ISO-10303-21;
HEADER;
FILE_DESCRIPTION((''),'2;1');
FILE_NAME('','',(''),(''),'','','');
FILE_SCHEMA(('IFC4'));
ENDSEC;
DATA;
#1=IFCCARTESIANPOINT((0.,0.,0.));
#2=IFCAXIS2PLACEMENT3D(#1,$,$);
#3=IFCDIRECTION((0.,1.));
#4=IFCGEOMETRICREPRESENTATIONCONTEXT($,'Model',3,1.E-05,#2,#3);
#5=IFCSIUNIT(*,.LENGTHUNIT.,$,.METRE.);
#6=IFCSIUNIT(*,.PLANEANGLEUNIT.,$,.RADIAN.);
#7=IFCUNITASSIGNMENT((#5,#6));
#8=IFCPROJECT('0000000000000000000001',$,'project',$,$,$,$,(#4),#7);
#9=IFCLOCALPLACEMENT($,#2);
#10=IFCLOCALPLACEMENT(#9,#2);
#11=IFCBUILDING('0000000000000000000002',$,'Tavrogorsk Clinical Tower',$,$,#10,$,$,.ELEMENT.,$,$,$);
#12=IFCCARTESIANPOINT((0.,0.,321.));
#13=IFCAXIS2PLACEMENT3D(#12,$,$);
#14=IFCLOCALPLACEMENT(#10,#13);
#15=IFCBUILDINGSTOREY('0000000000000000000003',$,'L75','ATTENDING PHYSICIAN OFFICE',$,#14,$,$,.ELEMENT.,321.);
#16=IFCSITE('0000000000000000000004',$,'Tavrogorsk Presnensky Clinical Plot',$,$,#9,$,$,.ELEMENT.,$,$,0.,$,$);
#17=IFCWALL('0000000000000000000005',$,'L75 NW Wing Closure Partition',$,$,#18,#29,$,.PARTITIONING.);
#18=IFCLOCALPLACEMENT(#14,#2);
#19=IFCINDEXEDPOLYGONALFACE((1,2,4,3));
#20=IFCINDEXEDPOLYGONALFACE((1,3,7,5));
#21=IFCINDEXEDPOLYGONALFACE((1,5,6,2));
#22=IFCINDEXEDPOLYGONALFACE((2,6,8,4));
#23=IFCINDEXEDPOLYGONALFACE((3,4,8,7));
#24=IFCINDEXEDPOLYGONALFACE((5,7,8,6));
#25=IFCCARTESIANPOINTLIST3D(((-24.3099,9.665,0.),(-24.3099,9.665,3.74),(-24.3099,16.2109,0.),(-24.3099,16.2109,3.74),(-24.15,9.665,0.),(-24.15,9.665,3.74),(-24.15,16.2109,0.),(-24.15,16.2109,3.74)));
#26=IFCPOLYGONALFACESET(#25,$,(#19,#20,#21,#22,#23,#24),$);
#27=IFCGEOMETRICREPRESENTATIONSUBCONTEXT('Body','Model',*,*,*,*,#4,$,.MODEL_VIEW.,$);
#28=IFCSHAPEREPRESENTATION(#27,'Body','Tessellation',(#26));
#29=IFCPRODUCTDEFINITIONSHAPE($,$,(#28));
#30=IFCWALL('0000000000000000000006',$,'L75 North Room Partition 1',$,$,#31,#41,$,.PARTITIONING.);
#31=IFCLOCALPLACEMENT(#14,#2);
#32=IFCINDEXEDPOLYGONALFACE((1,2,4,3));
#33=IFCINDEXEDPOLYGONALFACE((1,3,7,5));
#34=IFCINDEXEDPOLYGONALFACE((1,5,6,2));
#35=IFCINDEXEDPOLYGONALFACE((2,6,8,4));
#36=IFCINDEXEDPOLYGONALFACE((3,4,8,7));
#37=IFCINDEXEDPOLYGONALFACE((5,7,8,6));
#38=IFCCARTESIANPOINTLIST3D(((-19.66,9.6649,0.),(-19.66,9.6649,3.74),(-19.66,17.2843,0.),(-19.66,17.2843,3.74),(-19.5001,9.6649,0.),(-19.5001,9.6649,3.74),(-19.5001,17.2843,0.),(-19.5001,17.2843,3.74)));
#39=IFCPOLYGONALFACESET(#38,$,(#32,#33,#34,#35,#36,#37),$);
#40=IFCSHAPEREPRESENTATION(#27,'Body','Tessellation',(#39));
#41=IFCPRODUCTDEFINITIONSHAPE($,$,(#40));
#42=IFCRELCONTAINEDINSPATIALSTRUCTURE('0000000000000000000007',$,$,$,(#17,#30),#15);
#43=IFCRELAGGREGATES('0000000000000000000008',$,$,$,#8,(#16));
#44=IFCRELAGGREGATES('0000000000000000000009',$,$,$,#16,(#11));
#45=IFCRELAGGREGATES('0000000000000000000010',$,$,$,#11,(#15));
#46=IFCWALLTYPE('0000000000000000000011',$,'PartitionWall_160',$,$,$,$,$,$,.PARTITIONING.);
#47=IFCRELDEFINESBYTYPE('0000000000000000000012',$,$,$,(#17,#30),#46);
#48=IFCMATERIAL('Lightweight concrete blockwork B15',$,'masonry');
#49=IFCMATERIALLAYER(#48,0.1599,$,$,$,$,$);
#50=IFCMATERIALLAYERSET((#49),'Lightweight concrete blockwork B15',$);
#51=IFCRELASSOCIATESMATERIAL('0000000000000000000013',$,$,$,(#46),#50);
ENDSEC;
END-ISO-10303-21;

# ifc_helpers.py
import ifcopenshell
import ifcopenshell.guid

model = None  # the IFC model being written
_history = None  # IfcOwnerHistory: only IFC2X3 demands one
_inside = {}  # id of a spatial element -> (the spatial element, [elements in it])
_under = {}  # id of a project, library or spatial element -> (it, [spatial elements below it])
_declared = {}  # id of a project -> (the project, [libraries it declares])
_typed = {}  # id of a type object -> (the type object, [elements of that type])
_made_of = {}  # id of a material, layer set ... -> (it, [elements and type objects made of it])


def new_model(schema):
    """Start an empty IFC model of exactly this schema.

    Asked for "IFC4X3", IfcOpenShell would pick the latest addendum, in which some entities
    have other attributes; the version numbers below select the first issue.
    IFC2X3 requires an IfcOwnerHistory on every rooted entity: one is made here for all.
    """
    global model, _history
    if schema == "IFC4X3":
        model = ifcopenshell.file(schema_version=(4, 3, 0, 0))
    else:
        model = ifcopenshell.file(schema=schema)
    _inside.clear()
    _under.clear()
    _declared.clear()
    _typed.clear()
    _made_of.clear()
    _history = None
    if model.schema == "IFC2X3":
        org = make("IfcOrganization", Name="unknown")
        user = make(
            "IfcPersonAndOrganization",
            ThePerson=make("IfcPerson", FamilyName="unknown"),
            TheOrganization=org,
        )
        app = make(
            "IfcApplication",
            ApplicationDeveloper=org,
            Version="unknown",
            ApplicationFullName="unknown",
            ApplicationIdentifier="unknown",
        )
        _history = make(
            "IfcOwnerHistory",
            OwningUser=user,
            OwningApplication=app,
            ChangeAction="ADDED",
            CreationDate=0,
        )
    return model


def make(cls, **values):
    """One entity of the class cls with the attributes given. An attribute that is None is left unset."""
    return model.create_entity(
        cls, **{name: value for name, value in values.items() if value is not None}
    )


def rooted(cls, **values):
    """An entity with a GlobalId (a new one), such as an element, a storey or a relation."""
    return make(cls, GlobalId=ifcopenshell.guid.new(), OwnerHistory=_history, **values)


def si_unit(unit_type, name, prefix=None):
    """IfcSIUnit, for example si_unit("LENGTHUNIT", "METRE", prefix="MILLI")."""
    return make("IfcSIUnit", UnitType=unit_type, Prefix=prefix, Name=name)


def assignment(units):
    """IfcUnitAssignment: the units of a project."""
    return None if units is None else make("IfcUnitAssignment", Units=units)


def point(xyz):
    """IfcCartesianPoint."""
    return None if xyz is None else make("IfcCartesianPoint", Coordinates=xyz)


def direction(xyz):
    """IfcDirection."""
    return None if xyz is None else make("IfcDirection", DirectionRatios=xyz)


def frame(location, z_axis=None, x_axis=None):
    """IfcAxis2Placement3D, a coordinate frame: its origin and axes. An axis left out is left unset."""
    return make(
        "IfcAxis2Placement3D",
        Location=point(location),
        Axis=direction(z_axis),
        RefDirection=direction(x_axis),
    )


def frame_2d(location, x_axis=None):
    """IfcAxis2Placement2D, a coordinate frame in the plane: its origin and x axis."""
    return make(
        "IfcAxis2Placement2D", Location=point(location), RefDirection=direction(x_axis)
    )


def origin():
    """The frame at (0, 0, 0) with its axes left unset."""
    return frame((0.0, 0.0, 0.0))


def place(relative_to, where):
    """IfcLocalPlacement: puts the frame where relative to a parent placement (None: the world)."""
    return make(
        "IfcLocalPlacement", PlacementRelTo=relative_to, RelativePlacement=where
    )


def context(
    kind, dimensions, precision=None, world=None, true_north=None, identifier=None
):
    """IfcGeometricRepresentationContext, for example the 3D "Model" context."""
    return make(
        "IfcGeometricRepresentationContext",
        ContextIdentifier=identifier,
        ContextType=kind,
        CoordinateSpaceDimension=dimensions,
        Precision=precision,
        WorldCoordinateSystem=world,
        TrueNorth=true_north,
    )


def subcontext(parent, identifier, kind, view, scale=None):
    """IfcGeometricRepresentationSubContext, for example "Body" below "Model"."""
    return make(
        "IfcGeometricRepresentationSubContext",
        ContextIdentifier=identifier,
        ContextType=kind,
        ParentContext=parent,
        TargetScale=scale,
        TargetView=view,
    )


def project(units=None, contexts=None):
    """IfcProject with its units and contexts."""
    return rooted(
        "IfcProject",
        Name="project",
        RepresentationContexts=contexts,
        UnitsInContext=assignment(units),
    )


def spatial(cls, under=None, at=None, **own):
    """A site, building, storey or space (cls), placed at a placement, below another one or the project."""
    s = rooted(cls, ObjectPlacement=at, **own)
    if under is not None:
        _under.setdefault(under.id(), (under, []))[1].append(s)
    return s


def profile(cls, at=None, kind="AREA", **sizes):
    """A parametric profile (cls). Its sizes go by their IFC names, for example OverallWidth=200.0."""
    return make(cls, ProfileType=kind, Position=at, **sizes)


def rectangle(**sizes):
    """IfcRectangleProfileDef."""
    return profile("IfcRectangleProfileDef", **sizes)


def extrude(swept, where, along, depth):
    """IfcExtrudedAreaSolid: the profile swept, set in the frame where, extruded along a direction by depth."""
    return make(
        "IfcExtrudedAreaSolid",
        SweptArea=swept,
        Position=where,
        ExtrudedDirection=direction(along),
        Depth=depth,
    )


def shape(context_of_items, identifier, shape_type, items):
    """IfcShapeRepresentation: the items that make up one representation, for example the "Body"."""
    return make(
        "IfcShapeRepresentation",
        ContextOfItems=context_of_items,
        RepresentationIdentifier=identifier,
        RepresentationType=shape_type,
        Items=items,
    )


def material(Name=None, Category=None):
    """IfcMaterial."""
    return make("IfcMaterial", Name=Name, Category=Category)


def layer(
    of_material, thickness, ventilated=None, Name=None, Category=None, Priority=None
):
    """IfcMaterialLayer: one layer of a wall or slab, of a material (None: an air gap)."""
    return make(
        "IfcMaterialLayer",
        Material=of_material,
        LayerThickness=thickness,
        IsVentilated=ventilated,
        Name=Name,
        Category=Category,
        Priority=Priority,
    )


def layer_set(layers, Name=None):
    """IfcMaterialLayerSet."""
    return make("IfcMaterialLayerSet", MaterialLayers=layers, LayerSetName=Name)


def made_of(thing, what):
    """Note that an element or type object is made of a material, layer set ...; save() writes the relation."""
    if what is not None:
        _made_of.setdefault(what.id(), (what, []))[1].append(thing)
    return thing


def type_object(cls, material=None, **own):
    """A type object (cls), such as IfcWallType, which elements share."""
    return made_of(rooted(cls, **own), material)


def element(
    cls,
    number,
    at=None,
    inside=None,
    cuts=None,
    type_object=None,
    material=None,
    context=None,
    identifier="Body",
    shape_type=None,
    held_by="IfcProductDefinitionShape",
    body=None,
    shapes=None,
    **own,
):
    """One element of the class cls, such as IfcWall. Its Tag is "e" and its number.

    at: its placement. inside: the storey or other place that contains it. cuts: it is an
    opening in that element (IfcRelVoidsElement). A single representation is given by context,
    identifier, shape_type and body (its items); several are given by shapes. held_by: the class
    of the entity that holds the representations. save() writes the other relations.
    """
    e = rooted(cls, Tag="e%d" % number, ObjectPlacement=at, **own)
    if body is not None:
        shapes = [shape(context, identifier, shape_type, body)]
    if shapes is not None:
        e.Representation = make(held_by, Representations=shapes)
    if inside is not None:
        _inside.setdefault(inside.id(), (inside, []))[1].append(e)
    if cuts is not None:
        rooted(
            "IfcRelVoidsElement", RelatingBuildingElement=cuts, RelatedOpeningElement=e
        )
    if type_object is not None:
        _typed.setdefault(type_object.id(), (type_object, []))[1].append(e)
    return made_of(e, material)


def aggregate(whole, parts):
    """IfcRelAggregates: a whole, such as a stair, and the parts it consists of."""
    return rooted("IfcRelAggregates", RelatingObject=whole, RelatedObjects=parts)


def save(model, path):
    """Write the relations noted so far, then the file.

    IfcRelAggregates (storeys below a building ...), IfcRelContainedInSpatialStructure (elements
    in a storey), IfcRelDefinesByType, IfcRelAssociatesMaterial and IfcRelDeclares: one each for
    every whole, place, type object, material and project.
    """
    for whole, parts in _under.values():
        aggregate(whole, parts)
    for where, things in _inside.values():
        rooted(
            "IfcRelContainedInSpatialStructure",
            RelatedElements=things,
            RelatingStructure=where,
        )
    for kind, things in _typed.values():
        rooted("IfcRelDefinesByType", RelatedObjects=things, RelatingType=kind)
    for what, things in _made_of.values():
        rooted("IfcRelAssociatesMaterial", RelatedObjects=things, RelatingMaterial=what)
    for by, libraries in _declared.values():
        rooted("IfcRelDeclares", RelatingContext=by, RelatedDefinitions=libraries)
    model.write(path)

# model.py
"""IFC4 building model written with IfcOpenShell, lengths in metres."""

from ifc_helpers import new_model, si_unit, direction, frame, frame_2d, origin, place, context, subcontext, project, spatial, rectangle, extrude, material, layer, layer_set, type_object, element, save


model = new_model("IFC4")

# Units and contexts
model_context = context("Model", 3, precision=1e-05, world=origin(), true_north=direction((0.0, 1.0)))
body_context = subcontext(model_context, "Body", "Model", "MODEL_VIEW")
ifc_project = project(units=[si_unit("LENGTHUNIT", "METRE"), si_unit("PLANEANGLEUNIT", "RADIAN")], contexts=[model_context])

# Site, building, storey
site_placement = place(None, origin())
site = spatial("IfcSite", under=ifc_project, at=site_placement, Name="Tavrogorsk Presnensky Clinical Plot", CompositionType="ELEMENT", RefElevation=0.0)
building_placement = place(site_placement, origin())
building = spatial("IfcBuilding", under=site, at=building_placement, Name="Tavrogorsk Clinical Tower", CompositionType="ELEMENT")
storey_placement = place(building_placement, frame((0.0, 0.0, 321.0)))
storey = spatial("IfcBuildingStorey", under=building, at=storey_placement, Name="L75", Description="ATTENDING PHYSICIAN OFFICE", CompositionType="ELEMENT", Elevation=321.0)

# Shared definitions
ifc_material_1 = material(Name="Lightweight concrete blockwork B15", Category="masonry")
ifc_layer = layer(ifc_material_1, 0.1599)
ifc_layer_set = layer_set([ifc_layer], Name="Lightweight concrete blockwork B15")
wall_type = type_object("IfcWallType", Name="PartitionWall_160", PredefinedType="PARTITIONING", material=ifc_layer_set)

# Walls
wall_1_placement = place(storey_placement, frame((-24.23, 9.665, 0.0), z_axis=(0.0, 0.0, 1.0), x_axis=(0.0, 1.0, 0.0)))
element("IfcWall", 1, at=wall_1_placement, inside=storey, type_object=wall_type, Name="L75 NW Wing Closure Partition", PredefinedType="PARTITIONING", context=body_context, shape_type="SweptSolid", body=[
    extrude(rectangle(XDim=6.5459, YDim=0.1599, at=frame_2d((3.2729, 0.0))), origin(), (0.0, 0.0, 1.0), 3.74),
])
wall_2_placement = place(storey_placement, frame((-19.5801, 9.665, 0.0), z_axis=(0.0, 0.0, 1.0), x_axis=(0.0, 1.0, 0.0)))
element("IfcWall", 2, at=wall_2_placement, inside=storey, type_object=wall_type, Name="L75 North Room Partition 1", PredefinedType="PARTITIONING", context=body_context, shape_type="SweptSolid", body=[
    extrude(rectangle(XDim=7.6194, YDim=0.1599, at=frame_2d((3.8096, 0.0))), origin(), (0.0, 0.0, 1.0), 3.74),
])

save(model, "model.ifc")
